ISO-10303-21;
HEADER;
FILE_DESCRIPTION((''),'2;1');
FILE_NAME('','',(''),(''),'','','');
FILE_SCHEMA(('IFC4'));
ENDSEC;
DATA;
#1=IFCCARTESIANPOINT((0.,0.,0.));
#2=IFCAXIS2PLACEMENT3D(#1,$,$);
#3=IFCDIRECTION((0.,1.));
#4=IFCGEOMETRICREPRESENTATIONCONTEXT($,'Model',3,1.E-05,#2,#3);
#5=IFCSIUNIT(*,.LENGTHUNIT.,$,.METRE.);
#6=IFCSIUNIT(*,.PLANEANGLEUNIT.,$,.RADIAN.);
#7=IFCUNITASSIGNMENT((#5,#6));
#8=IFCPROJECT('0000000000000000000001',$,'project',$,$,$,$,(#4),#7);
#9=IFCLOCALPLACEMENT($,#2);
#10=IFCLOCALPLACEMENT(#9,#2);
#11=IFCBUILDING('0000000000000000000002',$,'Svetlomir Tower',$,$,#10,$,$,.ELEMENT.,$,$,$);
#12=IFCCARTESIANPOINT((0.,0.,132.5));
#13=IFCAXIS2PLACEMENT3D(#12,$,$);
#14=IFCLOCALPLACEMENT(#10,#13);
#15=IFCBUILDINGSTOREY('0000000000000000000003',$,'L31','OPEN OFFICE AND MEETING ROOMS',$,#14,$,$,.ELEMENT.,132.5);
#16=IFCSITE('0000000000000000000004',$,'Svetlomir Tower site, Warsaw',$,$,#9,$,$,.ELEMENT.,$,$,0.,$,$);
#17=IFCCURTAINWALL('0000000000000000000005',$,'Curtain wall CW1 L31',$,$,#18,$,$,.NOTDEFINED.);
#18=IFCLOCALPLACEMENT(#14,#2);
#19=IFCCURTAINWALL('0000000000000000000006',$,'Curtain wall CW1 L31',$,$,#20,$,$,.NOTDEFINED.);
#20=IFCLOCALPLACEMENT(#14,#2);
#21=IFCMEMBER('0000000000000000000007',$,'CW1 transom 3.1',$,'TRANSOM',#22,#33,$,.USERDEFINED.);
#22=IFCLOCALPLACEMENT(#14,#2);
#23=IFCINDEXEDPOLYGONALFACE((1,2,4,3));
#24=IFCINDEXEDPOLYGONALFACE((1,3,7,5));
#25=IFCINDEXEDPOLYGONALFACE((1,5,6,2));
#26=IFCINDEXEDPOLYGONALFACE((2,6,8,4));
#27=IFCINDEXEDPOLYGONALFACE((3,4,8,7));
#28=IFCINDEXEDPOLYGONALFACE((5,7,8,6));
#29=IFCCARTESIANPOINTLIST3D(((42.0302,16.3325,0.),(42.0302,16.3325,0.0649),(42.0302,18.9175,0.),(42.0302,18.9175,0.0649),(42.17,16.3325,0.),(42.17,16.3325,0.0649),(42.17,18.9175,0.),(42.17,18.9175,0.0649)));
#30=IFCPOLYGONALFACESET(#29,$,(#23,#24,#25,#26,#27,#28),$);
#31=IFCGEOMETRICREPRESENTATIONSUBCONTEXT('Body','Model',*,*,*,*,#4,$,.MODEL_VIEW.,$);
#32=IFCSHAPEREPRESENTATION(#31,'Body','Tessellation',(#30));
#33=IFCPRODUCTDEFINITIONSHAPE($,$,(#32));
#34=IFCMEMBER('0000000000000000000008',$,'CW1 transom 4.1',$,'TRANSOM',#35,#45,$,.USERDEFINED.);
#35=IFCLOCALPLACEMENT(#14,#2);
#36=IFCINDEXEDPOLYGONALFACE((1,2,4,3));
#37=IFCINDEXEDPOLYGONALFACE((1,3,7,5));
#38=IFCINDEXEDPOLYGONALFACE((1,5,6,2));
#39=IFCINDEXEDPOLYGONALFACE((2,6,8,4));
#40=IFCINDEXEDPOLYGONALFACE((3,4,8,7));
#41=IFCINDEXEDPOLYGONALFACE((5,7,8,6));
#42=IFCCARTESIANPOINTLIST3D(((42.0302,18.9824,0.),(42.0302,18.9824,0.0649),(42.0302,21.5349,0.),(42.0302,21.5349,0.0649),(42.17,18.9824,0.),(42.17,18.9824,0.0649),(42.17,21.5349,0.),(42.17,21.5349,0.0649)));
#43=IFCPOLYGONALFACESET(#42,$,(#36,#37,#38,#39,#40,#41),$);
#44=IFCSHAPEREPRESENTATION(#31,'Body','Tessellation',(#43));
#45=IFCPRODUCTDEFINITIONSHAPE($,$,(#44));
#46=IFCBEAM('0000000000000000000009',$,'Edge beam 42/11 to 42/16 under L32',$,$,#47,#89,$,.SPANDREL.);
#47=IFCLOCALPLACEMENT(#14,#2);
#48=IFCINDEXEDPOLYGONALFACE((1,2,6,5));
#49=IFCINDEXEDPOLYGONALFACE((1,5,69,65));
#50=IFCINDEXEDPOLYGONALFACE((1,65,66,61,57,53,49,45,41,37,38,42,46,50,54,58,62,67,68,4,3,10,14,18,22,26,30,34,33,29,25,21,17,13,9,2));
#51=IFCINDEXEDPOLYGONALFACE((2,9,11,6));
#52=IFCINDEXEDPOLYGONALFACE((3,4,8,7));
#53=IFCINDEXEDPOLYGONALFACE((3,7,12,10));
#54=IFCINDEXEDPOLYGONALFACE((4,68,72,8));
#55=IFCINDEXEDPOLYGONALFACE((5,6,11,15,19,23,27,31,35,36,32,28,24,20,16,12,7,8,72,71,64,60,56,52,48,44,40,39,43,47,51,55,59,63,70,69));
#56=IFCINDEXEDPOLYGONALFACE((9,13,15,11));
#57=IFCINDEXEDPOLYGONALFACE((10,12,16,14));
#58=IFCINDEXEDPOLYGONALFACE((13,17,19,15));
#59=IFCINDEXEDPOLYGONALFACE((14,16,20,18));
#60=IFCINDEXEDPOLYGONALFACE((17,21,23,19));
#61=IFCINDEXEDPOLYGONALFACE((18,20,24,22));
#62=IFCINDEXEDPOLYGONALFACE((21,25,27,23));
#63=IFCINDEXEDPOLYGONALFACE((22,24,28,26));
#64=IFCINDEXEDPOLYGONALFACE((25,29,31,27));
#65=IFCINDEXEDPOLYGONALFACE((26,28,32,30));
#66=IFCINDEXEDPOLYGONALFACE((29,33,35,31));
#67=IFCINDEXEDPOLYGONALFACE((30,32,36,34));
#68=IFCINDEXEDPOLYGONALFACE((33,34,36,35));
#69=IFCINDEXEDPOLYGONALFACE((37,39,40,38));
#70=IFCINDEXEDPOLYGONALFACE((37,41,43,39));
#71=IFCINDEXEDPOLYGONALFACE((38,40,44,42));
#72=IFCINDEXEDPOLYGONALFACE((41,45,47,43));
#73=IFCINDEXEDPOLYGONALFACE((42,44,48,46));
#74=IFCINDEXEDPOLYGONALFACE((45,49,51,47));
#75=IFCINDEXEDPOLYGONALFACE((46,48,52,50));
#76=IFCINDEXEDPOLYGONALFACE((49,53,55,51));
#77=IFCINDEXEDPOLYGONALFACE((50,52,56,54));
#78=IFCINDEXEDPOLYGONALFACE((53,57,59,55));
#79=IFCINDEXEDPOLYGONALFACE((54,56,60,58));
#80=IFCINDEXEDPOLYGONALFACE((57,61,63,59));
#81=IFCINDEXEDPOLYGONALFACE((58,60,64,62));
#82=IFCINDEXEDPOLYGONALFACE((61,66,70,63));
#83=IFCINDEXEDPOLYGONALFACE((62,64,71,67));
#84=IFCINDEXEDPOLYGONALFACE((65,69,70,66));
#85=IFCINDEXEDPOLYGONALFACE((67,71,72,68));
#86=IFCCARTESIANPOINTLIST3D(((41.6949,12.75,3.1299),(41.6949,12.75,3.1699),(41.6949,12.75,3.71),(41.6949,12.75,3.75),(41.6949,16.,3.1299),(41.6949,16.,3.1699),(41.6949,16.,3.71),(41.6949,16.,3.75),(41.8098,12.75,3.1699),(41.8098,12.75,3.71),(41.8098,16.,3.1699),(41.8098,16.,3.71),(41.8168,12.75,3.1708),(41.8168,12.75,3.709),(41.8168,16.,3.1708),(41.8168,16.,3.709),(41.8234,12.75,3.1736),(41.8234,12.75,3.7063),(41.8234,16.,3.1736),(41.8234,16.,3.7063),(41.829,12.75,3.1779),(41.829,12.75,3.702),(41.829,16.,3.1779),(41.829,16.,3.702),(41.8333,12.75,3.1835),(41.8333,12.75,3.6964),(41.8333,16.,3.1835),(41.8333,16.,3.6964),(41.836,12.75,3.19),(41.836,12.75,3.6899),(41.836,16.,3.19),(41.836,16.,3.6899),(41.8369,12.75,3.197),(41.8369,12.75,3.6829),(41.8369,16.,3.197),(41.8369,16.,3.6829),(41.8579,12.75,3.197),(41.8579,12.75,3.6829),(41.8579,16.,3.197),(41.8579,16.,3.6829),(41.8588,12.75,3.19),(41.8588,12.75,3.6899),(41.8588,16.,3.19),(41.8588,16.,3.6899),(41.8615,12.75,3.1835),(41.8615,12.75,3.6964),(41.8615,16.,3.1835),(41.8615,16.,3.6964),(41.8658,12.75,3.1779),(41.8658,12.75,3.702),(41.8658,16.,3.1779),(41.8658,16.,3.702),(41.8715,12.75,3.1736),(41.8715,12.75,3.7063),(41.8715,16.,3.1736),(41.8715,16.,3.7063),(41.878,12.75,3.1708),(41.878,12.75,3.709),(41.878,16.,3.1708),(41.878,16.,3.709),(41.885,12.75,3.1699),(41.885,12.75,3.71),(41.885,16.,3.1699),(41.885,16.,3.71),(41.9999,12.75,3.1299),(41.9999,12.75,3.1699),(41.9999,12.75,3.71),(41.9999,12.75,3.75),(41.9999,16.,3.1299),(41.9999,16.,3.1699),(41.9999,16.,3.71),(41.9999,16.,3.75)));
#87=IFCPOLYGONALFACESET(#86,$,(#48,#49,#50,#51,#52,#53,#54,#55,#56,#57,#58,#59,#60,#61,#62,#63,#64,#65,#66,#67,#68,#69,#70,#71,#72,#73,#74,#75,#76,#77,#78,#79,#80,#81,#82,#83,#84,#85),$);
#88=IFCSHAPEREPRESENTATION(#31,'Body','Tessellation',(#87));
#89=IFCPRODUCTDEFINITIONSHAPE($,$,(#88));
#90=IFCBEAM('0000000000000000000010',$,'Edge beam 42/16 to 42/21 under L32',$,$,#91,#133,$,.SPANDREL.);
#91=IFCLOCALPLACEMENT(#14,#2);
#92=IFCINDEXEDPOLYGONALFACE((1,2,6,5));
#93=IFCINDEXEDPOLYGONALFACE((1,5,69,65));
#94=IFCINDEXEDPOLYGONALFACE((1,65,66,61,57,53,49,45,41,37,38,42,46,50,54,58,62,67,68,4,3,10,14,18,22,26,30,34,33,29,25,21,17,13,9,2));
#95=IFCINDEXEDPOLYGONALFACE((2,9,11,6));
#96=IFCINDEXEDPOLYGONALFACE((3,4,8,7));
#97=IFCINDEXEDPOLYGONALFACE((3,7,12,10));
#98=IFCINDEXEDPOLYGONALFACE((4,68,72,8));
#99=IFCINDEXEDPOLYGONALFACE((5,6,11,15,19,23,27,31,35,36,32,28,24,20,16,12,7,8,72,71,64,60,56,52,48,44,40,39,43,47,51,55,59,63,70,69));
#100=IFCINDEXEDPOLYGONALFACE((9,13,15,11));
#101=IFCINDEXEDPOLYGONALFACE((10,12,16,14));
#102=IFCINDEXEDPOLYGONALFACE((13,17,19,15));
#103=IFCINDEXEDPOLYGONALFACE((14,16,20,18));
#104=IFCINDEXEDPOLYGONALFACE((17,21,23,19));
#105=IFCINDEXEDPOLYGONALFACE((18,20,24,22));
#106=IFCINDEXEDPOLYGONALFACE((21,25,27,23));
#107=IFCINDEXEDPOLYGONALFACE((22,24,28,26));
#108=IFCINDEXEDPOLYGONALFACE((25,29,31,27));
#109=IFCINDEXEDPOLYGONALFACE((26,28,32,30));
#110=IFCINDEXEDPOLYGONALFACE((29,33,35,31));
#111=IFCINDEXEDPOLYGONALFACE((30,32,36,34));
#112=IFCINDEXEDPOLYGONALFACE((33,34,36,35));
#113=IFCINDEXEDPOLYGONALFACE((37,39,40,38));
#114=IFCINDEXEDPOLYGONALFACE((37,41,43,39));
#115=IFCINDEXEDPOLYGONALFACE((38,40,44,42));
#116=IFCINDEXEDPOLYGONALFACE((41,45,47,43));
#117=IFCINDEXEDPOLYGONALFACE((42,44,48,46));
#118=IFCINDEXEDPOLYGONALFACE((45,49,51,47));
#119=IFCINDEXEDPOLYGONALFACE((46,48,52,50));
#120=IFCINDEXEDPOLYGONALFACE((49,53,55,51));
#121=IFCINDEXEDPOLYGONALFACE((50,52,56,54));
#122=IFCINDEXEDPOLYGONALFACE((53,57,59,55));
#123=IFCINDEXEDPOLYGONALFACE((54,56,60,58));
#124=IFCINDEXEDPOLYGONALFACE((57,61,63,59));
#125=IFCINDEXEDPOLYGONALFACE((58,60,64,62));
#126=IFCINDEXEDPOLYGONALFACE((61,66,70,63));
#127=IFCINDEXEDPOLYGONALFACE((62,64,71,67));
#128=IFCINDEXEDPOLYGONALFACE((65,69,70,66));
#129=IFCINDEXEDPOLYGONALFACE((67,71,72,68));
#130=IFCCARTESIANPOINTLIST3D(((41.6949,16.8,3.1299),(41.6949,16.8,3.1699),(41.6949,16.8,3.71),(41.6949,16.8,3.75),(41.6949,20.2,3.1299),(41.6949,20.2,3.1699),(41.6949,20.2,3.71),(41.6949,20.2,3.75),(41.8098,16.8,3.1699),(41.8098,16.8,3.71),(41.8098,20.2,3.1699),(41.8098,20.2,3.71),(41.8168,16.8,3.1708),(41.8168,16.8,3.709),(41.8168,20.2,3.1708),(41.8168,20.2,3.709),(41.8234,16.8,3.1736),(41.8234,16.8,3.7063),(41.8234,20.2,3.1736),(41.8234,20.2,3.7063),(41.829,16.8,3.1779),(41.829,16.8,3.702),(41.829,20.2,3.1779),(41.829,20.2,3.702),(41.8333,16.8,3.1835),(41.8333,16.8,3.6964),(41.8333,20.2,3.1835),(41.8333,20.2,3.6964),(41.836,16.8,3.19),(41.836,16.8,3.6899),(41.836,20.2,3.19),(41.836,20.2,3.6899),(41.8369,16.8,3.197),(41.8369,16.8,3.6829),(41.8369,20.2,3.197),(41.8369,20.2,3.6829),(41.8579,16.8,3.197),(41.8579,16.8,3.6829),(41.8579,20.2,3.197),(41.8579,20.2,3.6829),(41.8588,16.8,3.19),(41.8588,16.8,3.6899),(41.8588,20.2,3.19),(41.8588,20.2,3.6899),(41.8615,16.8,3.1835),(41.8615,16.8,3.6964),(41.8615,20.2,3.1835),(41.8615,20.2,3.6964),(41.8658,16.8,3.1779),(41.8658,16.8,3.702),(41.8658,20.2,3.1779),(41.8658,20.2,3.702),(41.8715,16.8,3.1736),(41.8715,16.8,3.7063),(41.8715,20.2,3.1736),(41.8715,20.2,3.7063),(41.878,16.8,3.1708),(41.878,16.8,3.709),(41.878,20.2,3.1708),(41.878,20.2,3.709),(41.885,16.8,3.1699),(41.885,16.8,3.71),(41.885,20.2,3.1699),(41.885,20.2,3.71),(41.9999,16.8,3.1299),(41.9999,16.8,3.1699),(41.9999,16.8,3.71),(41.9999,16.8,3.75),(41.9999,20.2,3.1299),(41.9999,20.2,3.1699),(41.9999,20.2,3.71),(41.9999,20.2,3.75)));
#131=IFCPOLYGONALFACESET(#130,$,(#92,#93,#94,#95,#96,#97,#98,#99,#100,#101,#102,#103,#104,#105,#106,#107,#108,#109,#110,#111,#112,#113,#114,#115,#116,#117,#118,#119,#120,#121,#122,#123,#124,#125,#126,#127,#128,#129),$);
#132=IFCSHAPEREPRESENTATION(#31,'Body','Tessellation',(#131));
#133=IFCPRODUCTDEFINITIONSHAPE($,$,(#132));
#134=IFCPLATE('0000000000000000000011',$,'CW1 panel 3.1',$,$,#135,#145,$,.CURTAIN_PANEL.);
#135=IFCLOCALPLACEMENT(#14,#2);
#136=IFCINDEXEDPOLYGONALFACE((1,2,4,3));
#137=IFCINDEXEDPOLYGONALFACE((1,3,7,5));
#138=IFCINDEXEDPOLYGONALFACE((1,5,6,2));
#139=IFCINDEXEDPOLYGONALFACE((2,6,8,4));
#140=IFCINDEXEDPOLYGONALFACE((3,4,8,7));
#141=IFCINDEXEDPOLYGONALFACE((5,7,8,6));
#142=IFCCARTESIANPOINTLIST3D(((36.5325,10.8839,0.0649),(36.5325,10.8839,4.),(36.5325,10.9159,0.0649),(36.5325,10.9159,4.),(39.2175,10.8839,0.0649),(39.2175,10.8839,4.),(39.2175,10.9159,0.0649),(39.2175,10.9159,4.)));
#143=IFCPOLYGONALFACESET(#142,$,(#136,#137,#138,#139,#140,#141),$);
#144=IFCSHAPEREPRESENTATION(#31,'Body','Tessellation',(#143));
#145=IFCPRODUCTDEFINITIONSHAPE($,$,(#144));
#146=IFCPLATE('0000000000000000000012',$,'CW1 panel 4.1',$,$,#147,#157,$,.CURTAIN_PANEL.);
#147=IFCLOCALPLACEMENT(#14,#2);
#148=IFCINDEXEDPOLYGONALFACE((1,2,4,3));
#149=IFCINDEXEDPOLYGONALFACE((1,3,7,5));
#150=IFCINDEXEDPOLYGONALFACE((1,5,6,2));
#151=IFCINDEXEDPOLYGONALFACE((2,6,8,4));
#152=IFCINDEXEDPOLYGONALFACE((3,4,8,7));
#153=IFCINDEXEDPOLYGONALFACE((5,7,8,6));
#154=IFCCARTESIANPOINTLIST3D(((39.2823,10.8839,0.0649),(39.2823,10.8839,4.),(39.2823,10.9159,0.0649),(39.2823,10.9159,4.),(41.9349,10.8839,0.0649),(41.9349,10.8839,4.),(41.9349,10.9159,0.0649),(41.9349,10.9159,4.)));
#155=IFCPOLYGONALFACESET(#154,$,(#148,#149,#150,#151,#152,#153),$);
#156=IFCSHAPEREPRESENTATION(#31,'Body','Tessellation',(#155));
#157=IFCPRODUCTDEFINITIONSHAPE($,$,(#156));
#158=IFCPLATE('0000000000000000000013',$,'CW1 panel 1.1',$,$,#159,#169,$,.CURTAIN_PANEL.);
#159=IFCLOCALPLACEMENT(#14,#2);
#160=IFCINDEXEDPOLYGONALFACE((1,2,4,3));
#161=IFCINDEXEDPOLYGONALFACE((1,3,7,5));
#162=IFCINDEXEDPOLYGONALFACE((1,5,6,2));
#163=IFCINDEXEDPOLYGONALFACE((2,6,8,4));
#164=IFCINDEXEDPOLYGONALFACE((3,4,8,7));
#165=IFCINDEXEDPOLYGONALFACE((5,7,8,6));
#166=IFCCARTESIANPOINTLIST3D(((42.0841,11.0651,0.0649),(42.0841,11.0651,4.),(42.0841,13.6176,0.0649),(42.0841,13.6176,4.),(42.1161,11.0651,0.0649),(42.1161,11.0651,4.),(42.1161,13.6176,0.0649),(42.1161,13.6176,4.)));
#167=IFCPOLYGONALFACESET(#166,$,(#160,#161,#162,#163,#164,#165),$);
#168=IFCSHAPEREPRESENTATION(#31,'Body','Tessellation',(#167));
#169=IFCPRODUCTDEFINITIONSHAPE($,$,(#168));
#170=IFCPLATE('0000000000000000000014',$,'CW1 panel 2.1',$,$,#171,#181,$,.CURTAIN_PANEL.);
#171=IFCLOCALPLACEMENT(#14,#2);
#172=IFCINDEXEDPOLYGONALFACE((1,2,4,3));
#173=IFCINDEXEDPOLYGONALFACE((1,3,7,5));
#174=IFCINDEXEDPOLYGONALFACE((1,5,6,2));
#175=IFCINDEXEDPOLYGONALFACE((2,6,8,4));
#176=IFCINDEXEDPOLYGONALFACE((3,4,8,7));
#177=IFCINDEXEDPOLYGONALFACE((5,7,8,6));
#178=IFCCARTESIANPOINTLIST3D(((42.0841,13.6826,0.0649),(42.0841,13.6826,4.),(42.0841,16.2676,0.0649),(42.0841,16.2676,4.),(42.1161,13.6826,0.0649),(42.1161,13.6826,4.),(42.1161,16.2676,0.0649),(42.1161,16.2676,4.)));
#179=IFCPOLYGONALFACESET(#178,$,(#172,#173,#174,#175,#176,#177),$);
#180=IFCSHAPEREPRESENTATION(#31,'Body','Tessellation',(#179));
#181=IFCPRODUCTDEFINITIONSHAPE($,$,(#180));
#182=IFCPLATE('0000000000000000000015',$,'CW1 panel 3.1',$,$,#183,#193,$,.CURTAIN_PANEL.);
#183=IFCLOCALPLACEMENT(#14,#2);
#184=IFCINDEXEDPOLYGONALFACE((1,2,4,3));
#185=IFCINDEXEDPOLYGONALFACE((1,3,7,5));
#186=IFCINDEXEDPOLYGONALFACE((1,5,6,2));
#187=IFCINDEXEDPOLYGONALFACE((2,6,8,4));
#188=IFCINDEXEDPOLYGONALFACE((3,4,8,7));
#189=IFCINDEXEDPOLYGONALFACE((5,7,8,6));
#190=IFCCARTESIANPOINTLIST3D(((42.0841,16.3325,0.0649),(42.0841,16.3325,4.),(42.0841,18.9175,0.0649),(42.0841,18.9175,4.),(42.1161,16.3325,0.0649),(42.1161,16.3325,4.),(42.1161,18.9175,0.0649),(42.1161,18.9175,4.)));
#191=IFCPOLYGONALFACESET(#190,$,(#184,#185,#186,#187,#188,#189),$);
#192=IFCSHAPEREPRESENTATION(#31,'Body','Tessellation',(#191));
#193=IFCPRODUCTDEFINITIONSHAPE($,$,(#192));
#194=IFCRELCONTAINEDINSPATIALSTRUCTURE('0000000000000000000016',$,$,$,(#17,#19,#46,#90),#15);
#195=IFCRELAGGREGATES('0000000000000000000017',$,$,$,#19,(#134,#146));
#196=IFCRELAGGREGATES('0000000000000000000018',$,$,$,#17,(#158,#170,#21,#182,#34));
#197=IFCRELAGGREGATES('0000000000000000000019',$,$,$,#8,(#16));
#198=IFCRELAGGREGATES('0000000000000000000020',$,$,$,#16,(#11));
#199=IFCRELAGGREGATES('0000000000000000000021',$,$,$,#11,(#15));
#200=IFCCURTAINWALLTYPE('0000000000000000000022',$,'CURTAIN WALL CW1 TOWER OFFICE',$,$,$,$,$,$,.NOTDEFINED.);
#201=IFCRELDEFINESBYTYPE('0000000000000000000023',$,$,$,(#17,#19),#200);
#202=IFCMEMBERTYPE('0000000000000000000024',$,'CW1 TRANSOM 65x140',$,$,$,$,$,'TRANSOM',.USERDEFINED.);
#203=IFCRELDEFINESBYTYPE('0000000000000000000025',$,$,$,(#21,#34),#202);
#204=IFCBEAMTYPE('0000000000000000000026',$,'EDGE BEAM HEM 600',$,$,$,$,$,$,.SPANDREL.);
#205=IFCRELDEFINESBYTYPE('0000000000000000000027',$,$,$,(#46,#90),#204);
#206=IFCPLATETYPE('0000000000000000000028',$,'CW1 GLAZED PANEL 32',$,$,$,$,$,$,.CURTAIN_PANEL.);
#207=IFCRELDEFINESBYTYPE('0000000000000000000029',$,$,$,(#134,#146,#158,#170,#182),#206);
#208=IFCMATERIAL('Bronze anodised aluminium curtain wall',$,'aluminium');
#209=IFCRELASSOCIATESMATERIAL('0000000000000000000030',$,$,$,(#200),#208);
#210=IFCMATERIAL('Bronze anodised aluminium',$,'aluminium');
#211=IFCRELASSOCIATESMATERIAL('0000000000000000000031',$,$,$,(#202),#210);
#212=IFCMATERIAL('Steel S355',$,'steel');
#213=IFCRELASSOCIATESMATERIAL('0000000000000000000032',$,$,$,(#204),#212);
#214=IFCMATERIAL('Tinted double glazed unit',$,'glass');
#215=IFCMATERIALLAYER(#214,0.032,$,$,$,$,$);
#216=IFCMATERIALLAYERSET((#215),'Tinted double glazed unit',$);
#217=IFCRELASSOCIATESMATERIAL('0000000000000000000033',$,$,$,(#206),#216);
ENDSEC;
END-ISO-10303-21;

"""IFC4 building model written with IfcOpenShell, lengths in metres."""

from ifc_helpers import new_model, si_unit, direction, frame, origin, origin_2d, place, context, subcontext, project, spatial, rectangle, i_section, extrude, material, layer, layer_set, material_profile, profile_set, type_object, element, aggregate, save


model = new_model("IFC4")

# Units and contexts
model_context = context("Model", 3, precision=1e-05, world=origin(), true_north=direction((0.0, 1.0)))
body_context = subcontext(model_context, "Body", "Model", "MODEL_VIEW")
ifc_project = project(units=[si_unit("LENGTHUNIT", "METRE"), si_unit("PLANEANGLEUNIT", "RADIAN")], contexts=[model_context])

# Site, building, storey
site_placement = place(None, origin())
site = spatial("IfcSite", under=ifc_project, at=site_placement, Name="Svetlomir Tower site, Warsaw", CompositionType="ELEMENT", RefElevation=0.0)
building_placement = place(site_placement, origin())
building = spatial("IfcBuilding", under=site, at=building_placement, Name="Svetlomir Tower", CompositionType="ELEMENT")
storey_placement = place(building_placement, frame((0.0, 0.0, 132.5)))
storey = spatial("IfcBuildingStorey", under=building, at=storey_placement, Name="L31", Description="OPEN OFFICE AND MEETING ROOMS", CompositionType="ELEMENT", Elevation=132.5)

# Curtain wall
ifc_material_1 = material(Name="Bronze anodised aluminium curtain wall", Category="aluminium")
curtain_wall_type = type_object("IfcCurtainWallType", Name="CURTAIN WALL CW1 TOWER OFFICE", PredefinedType="NOTDEFINED", material=ifc_material_1)
curtain_wall_1_placement = place(storey_placement, origin())
curtain_wall_1 = element("IfcCurtainWall", 1, at=curtain_wall_1_placement, inside=storey, type_object=curtain_wall_type, Name="Curtain wall CW1 L31", PredefinedType="NOTDEFINED")

# Curtain wall
curtain_wall_2_placement = place(storey_placement, origin())
curtain_wall_2 = element("IfcCurtainWall", 2, at=curtain_wall_2_placement, inside=storey, type_object=curtain_wall_type, Name="Curtain wall CW1 L31", PredefinedType="NOTDEFINED")

# Members
ifc_material_2 = material(Name="Bronze anodised aluminium", Category="aluminium")
ifc_material_profile_1 = material_profile(ifc_material_2, rectangle(XDim=0.1399, YDim=0.0649, at=origin_2d()), Name="AL 140x65")
ifc_profile_set_1 = profile_set([ifc_material_profile_1], Name="Bronze anodised aluminium 6063-T6")
member_type_1 = type_object("IfcMemberType", Name="CW1 TRANSOM 65x140", ElementType="TRANSOM", PredefinedType="USERDEFINED", material=ifc_profile_set_1)
member_1_placement = place(storey_placement, frame((42.1001, 16.3325, 0.0325), z_axis=(0.0, 1.0, 0.0), x_axis=(-1.0, 0.0, 0.0)))
member_1 = element("IfcMember", 3, at=member_1_placement, type_object=member_type_1, Name="CW1 transom 3.1", ObjectType="TRANSOM", PredefinedType="USERDEFINED", context=body_context, shape_type="SweptSolid", body=[
    extrude(rectangle(XDim=0.1399, YDim=0.0649, at=origin_2d()), origin(), (0.0, 0.0, 1.0), 2.585),
])
member_2_placement = place(storey_placement, frame((42.1001, 18.9824, 0.0325), z_axis=(0.0, 1.0, 0.0), x_axis=(-1.0, 0.0, 0.0)))
member_2 = element("IfcMember", 4, at=member_2_placement, type_object=member_type_1, Name="CW1 transom 4.1", ObjectType="TRANSOM", PredefinedType="USERDEFINED", context=body_context, shape_type="SweptSolid", body=[
    extrude(rectangle(XDim=0.1399, YDim=0.0649, at=origin_2d()), origin(), (0.0, 0.0, 1.0), 2.5525),
])

# Beams
ifc_material_3 = material(Name="Steel S355", Category="steel")
ifc_material_profile_2 = material_profile(ifc_material_3, i_section(OverallWidth=0.3049, OverallDepth=0.6201, WebThickness=0.021, FlangeThickness=0.04, FilletRadius=0.0271, at=origin_2d()), Name="HEM 600")
ifc_profile_set_2 = profile_set([ifc_material_profile_2], Name="Steel S355")
beam_type = type_object("IfcBeamType", Name="EDGE BEAM HEM 600", PredefinedType="SPANDREL", material=ifc_profile_set_2)
beam_1_placement = place(storey_placement, frame((41.8474, 12.75, 3.4399), z_axis=(0.0, 1.0, 0.0), x_axis=(-1.0, 0.0, 0.0)))
element("IfcBeam", 5, at=beam_1_placement, inside=storey, type_object=beam_type, Name="Edge beam 42/11 to 42/16 under L32", PredefinedType="SPANDREL", context=body_context, shape_type="SweptSolid", body=[
    extrude(i_section(OverallWidth=0.3049, OverallDepth=0.6201, WebThickness=0.021, FlangeThickness=0.04, FilletRadius=0.0271, at=origin_2d()), origin(), (0.0, 0.0, 1.0), 3.25),
])
beam_2_placement = place(storey_placement, frame((41.8474, 16.8, 3.4399), z_axis=(0.0, 1.0, 0.0), x_axis=(-1.0, 0.0, 0.0)))
element("IfcBeam", 6, at=beam_2_placement, inside=storey, type_object=beam_type, Name="Edge beam 42/16 to 42/21 under L32", PredefinedType="SPANDREL", context=body_context, shape_type="SweptSolid", body=[
    extrude(i_section(OverallWidth=0.3049, OverallDepth=0.6201, WebThickness=0.021, FlangeThickness=0.04, FilletRadius=0.0271, at=origin_2d()), origin(), (0.0, 0.0, 1.0), 3.3999),
])

# Plates
ifc_material_4 = material(Name="Tinted double glazed unit", Category="glass")
ifc_layer_1 = layer(ifc_material_4, 0.032)
ifc_layer_set_1 = layer_set([ifc_layer_1], Name="Tinted double glazed unit")
plate_type = type_object("IfcPlateType", Name="CW1 GLAZED PANEL 32", PredefinedType="CURTAIN_PANEL", material=ifc_layer_set_1)
plate_1_placement = place(storey_placement, frame((37.875, 10.8999, 0.0649), z_axis=(0.0, 0.0, 1.0), x_axis=(1.0, 0.0, 0.0)))
plate_1 = element("IfcPlate", 7, at=plate_1_placement, type_object=plate_type, Name="CW1 panel 3.1", PredefinedType="CURTAIN_PANEL", context=body_context, shape_type="SweptSolid", body=[
    extrude(rectangle(XDim=2.6851, YDim=0.032, at=origin_2d()), origin(), (0.0, 0.0, 1.0), 3.9351),
])
plate_2_placement = place(storey_placement, frame((40.6086, 10.8999, 0.0649), z_axis=(0.0, 0.0, 1.0), x_axis=(1.0, 0.0, 0.0)))
plate_2 = element("IfcPlate", 8, at=plate_2_placement, type_object=plate_type, Name="CW1 panel 4.1", PredefinedType="CURTAIN_PANEL", context=body_context, shape_type="SweptSolid", body=[
    extrude(rectangle(XDim=2.6526, YDim=0.032, at=origin_2d()), origin(), (0.0, 0.0, 1.0), 3.9351),
])
aggregate(curtain_wall_2, [plate_1, plate_2])
plate_3_placement = place(storey_placement, frame((42.1001, 12.3413, 0.0649), z_axis=(0.0, 0.0, 1.0), x_axis=(0.0, 1.0, 0.0)))
plate_3 = element("IfcPlate", 9, at=plate_3_placement, type_object=plate_type, Name="CW1 panel 1.1", PredefinedType="CURTAIN_PANEL", context=body_context, shape_type="SweptSolid", body=[
    extrude(rectangle(XDim=2.5525, YDim=0.032, at=origin_2d()), origin(), (0.0, 0.0, 1.0), 3.9351),
])
plate_4_placement = place(storey_placement, frame((42.1001, 14.9751, 0.0649), z_axis=(0.0, 0.0, 1.0), x_axis=(0.0, 1.0, 0.0)))
plate_4 = element("IfcPlate", 10, at=plate_4_placement, type_object=plate_type, Name="CW1 panel 2.1", PredefinedType="CURTAIN_PANEL", context=body_context, shape_type="SweptSolid", body=[
    extrude(rectangle(XDim=2.585, YDim=0.032, at=origin_2d()), origin(), (0.0, 0.0, 1.0), 3.9351),
])
plate_5_placement = place(storey_placement, frame((42.1001, 17.625, 0.0649), z_axis=(0.0, 0.0, 1.0), x_axis=(0.0, 1.0, 0.0)))
plate_5 = element("IfcPlate", 11, at=plate_5_placement, type_object=plate_type, Name="CW1 panel 3.1", PredefinedType="CURTAIN_PANEL", context=body_context, shape_type="SweptSolid", body=[
    extrude(rectangle(XDim=2.585, YDim=0.032, at=origin_2d()), origin(), (0.0, 0.0, 1.0), 3.9351),
])
aggregate(curtain_wall_1, [plate_3, plate_4, member_1, plate_5, member_2])

save(model, "model.ifc")
